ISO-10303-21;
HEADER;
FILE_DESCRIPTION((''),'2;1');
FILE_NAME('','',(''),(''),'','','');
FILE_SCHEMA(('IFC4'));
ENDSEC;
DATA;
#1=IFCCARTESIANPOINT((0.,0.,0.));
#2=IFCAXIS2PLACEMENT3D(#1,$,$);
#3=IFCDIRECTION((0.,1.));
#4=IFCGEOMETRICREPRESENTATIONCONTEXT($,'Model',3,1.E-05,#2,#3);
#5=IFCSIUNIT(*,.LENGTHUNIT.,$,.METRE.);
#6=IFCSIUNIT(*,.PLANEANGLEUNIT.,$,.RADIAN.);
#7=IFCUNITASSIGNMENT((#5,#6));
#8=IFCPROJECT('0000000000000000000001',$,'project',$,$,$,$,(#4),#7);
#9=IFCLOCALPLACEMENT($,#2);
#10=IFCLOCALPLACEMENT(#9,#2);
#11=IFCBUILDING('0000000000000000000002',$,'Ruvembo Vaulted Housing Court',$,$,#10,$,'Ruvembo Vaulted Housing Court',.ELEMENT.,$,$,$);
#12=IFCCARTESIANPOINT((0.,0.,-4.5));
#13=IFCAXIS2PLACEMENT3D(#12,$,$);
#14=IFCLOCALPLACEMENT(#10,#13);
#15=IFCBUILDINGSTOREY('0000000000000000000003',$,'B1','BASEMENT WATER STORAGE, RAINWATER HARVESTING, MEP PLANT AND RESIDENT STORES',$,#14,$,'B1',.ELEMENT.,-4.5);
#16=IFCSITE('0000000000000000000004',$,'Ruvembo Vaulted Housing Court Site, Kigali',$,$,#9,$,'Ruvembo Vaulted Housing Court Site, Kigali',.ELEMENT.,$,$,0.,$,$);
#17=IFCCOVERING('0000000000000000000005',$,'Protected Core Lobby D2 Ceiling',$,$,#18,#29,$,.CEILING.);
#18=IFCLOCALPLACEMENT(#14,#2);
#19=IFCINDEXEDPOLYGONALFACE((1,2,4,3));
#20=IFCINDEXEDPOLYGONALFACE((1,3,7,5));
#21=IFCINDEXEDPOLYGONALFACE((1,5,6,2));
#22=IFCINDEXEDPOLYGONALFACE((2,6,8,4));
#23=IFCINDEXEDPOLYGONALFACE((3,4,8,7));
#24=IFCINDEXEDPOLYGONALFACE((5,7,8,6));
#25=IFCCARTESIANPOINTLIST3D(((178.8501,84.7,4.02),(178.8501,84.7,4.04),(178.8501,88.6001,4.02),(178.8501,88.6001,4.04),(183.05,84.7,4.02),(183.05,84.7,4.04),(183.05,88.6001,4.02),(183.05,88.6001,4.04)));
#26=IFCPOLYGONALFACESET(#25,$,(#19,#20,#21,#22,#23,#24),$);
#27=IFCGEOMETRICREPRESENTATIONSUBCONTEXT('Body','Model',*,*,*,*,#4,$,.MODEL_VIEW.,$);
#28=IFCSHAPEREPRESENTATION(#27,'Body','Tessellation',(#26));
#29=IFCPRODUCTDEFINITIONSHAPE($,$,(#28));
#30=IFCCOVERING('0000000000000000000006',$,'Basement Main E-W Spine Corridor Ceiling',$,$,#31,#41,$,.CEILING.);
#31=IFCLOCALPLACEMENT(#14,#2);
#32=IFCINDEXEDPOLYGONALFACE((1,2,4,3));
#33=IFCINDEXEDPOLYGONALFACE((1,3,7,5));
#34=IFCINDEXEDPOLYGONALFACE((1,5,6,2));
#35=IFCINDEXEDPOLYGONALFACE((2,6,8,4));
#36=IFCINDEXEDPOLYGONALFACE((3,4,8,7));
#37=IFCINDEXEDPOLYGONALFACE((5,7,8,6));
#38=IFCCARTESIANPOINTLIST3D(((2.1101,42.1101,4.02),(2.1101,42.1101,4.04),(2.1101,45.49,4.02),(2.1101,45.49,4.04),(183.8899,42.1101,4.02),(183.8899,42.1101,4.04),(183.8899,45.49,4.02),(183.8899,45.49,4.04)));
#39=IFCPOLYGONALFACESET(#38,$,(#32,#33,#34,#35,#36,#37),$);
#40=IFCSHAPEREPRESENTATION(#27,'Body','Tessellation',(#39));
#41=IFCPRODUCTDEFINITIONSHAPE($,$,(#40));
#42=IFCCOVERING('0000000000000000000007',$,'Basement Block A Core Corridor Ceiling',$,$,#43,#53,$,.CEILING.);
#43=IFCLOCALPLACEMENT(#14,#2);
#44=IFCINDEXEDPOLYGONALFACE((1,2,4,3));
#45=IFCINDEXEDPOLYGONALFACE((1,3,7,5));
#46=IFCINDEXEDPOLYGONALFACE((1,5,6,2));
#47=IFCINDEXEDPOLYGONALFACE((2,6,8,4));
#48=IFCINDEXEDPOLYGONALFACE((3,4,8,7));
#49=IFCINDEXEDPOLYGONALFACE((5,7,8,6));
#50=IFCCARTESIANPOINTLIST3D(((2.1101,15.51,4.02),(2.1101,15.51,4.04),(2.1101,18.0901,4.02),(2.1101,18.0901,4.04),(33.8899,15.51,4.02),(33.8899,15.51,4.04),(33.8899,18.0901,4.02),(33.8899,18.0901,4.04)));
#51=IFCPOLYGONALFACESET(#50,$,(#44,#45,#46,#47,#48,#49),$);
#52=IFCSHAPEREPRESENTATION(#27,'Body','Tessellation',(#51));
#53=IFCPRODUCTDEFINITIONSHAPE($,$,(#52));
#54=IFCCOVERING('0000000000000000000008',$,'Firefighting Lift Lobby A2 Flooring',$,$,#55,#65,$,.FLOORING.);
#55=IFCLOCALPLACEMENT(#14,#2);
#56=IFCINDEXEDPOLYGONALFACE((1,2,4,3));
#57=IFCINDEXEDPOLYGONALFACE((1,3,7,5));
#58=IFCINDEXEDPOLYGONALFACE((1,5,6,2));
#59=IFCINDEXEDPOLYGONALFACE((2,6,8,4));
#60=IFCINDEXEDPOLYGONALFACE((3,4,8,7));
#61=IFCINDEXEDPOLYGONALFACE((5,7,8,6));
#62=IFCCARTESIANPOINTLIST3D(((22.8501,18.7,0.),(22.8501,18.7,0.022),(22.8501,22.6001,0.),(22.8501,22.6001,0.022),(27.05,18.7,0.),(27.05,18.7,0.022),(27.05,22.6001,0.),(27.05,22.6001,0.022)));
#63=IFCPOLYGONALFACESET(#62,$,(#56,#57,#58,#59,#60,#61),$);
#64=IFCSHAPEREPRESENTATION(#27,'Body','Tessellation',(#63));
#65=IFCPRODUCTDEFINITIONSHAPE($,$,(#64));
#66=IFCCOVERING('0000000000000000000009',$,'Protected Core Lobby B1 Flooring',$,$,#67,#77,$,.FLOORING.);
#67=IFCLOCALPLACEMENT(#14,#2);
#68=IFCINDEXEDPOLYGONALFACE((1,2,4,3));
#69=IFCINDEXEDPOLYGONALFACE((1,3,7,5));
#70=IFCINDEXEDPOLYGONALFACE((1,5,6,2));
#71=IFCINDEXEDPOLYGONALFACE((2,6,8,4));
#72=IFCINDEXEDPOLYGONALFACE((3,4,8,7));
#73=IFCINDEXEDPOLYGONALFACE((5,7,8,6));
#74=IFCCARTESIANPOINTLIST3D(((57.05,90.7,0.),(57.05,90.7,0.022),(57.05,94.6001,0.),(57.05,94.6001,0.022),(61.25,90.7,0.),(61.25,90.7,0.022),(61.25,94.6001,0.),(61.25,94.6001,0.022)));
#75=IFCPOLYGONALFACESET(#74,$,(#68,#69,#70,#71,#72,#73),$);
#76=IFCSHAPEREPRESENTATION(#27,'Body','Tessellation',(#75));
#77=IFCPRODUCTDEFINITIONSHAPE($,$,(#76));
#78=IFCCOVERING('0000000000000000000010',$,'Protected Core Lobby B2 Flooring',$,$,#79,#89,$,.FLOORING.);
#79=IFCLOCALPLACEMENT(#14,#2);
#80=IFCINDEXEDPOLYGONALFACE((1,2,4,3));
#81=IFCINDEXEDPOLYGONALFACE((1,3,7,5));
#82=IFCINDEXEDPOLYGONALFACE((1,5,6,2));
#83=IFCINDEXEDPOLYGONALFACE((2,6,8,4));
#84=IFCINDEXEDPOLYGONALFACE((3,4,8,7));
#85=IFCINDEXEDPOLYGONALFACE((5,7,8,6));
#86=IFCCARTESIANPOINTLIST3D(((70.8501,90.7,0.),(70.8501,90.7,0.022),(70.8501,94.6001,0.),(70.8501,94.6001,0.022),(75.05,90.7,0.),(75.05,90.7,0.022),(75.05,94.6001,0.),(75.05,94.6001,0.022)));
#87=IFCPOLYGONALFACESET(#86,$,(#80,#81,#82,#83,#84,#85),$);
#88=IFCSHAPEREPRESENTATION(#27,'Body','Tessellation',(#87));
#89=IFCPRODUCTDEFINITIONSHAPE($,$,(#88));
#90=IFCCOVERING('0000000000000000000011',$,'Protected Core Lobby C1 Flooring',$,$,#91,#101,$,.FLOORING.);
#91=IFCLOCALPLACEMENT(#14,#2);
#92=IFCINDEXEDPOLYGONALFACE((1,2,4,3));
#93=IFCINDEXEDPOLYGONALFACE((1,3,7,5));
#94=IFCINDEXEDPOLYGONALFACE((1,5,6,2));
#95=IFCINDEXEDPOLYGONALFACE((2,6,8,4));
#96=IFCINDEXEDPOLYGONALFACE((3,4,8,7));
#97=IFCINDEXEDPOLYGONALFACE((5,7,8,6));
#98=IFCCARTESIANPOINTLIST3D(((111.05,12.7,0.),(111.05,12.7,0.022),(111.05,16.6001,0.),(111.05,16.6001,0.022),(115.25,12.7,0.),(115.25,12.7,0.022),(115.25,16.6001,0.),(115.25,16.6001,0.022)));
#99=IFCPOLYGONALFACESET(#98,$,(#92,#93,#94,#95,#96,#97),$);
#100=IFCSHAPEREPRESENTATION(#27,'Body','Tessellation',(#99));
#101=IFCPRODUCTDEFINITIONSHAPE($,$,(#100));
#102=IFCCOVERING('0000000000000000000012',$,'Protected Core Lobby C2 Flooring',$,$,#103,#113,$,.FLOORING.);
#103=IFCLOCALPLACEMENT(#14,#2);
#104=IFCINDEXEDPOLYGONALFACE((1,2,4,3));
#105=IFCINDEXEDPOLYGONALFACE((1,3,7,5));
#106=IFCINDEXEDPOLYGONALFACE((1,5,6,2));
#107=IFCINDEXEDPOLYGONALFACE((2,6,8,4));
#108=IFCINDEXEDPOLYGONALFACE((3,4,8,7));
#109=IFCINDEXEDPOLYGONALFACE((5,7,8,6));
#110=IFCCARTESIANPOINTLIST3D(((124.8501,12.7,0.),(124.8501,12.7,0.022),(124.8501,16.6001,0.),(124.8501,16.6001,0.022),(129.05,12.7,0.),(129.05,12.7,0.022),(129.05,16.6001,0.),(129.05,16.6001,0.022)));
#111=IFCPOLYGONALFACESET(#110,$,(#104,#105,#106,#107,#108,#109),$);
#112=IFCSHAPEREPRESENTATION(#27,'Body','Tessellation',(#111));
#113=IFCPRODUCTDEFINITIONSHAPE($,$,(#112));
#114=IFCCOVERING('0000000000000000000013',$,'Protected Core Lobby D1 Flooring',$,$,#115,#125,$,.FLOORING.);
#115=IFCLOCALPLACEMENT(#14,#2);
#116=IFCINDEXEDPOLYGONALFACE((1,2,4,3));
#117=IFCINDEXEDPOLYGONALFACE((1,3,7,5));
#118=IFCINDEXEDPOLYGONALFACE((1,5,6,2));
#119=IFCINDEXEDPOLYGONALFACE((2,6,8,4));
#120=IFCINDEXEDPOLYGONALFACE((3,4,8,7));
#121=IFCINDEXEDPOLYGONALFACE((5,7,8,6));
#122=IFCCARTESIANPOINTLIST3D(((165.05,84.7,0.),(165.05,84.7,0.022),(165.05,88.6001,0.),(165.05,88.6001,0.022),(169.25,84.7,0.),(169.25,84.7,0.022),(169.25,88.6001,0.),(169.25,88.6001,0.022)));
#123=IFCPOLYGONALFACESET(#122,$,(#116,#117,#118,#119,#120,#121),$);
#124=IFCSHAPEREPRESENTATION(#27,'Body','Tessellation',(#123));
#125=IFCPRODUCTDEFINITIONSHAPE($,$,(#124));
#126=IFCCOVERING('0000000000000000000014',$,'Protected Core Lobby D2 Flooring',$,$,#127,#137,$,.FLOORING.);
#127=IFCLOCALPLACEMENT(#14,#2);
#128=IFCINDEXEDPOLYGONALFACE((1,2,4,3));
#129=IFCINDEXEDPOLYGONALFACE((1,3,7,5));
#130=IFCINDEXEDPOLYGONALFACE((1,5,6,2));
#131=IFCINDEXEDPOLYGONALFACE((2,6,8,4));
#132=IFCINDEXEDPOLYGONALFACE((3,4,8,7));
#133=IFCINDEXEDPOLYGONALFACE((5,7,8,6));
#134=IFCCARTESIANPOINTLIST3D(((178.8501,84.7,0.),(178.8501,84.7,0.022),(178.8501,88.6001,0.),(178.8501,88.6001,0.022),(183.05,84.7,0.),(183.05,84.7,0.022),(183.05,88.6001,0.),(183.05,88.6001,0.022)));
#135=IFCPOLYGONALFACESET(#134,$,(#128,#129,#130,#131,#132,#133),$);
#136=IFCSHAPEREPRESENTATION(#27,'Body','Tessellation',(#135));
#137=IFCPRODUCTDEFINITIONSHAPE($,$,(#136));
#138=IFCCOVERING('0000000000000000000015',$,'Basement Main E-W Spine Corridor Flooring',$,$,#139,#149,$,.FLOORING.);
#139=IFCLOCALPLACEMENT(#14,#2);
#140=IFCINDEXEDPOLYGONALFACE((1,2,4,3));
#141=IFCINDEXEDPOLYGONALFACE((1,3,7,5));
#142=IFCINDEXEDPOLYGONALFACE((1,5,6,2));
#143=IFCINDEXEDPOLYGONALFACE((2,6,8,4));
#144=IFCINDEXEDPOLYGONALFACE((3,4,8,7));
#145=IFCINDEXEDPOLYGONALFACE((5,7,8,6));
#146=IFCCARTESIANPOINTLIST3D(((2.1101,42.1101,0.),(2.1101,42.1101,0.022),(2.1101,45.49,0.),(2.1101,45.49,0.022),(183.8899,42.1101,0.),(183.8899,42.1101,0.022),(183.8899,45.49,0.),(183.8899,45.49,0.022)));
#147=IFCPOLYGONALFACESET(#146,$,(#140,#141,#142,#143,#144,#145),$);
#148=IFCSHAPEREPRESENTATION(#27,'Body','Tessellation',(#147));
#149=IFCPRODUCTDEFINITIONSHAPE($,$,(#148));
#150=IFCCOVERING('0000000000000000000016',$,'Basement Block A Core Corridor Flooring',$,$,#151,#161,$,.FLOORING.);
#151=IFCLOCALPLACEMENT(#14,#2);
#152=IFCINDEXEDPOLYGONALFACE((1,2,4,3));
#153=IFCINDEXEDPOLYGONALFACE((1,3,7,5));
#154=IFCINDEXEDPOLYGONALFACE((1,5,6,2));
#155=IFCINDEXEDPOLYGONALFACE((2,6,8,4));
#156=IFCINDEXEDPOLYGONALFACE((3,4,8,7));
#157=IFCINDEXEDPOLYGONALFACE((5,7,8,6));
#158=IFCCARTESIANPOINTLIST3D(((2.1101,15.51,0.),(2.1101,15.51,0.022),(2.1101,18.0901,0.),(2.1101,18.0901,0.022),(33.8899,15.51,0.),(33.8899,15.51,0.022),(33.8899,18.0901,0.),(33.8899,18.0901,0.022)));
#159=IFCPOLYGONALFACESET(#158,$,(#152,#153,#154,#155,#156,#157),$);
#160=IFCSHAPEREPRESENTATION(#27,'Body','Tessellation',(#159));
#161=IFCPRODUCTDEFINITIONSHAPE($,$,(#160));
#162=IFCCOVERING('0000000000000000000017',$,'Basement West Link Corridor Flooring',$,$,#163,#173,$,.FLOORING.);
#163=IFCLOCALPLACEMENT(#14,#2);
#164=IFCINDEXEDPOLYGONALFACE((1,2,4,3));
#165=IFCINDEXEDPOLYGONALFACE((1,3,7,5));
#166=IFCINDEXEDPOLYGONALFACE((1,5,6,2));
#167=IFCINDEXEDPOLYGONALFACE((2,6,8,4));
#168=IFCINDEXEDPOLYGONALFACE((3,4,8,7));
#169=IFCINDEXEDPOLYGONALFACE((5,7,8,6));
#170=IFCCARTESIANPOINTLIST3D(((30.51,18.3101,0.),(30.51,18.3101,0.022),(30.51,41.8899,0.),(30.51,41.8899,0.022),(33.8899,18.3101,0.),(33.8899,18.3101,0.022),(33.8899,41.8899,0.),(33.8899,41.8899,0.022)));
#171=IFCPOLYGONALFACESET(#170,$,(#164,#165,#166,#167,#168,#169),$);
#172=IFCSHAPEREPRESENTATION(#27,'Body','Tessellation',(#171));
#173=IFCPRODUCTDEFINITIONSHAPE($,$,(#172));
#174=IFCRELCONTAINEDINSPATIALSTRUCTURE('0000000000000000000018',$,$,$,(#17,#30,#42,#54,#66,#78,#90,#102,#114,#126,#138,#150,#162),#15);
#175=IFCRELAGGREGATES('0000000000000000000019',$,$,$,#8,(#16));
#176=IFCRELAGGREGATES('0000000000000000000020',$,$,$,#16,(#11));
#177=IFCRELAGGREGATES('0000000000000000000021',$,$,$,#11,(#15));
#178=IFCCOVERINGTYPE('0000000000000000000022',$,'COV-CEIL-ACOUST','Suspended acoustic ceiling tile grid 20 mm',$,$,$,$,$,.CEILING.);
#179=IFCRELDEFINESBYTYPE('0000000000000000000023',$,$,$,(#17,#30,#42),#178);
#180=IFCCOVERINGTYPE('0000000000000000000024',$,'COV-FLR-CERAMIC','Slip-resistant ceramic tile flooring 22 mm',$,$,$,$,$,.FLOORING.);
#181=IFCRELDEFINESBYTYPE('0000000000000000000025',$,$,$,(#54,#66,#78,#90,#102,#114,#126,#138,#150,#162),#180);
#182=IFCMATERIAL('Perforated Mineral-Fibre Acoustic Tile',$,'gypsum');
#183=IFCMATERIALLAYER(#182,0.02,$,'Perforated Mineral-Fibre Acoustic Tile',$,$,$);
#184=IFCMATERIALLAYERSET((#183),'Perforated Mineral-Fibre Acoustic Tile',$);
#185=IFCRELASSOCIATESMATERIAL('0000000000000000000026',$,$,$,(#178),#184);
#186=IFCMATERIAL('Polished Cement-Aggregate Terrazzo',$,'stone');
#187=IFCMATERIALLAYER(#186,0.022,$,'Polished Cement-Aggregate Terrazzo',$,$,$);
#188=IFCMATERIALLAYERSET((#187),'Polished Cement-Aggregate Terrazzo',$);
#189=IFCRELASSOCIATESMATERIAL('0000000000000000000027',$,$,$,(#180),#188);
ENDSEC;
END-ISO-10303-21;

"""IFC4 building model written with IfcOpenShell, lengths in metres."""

from ifc_helpers import new_model, si_unit, direction, frame, origin, place, context, subcontext, project, spatial, polyline, outline, extrude, material, layer, layer_set, type_object, element, save


model = new_model("IFC4")

# Units and contexts
model_context = context("Model", 3, precision=1e-05, world=origin(), true_north=direction((0.0, 1.0)))
body_context = subcontext(model_context, "Body", "Model", "MODEL_VIEW")
ifc_project = project(units=[si_unit("LENGTHUNIT", "METRE"), si_unit("PLANEANGLEUNIT", "RADIAN")], contexts=[model_context])

# Site, building, storey
site_placement = place(None, origin())
site = spatial("IfcSite", under=ifc_project, at=site_placement, Name="Ruvembo Vaulted Housing Court Site, Kigali", LongName="Ruvembo Vaulted Housing Court Site, Kigali", CompositionType="ELEMENT", RefElevation=0.0)
building_placement = place(site_placement, origin())
building = spatial("IfcBuilding", under=site, at=building_placement, Name="Ruvembo Vaulted Housing Court", LongName="Ruvembo Vaulted Housing Court", CompositionType="ELEMENT")
storey_placement = place(building_placement, frame((0.0, 0.0, -4.5)))
storey = spatial("IfcBuildingStorey", under=building, at=storey_placement, Name="B1", Description="BASEMENT WATER STORAGE, RAINWATER HARVESTING, MEP PLANT AND RESIDENT STORES", LongName="B1", CompositionType="ELEMENT", Elevation=-4.5)

# Coverings
ifc_material_1 = material(Name="Perforated Mineral-Fibre Acoustic Tile", Category="gypsum")
ifc_layer_1 = layer(ifc_material_1, 0.02, Name="Perforated Mineral-Fibre Acoustic Tile")
ifc_layer_set_1 = layer_set([ifc_layer_1], Name="Perforated Mineral-Fibre Acoustic Tile")
covering_type_1 = type_object("IfcCoveringType", Name="COV-CEIL-ACOUST", Description="Suspended acoustic ceiling tile grid 20 mm", PredefinedType="CEILING", material=ifc_layer_set_1)
covering_1_placement = place(storey_placement, frame((0.0, 0.0, 4.02)))
element("IfcCovering", 1, at=covering_1_placement, inside=storey, type_object=covering_type_1, Name="Protected Core Lobby D2 Ceiling", PredefinedType="CEILING", context=body_context, shape_type="SweptSolid", body=[
    extrude(outline(polyline([(183.05, 88.6001), (178.8501, 88.6001), (178.8501, 84.7), (183.05, 84.7), (183.05, 88.6001)])), origin(), (0.0, 0.0, 1.0), 0.02),
])
covering_2_placement = place(storey_placement, frame((0.0, 0.0, 4.02)))
element("IfcCovering", 2, at=covering_2_placement, inside=storey, type_object=covering_type_1, Name="Basement Main E-W Spine Corridor Ceiling", PredefinedType="CEILING", context=body_context, shape_type="SweptSolid", body=[
    extrude(outline(polyline([(2.1101, 42.1101), (183.8899, 42.1101), (183.8899, 45.49), (2.1101, 45.49), (2.1101, 42.1101)])), origin(), (0.0, 0.0, 1.0), 0.02),
])
covering_3_placement = place(storey_placement, frame((0.0, 0.0, 4.02)))
element("IfcCovering", 3, at=covering_3_placement, inside=storey, type_object=covering_type_1, Name="Basement Block A Core Corridor Ceiling", PredefinedType="CEILING", context=body_context, shape_type="SweptSolid", body=[
    extrude(outline(polyline([(2.1101, 15.51), (33.8899, 15.51), (33.8899, 18.0901), (2.1101, 18.0901), (2.1101, 15.51)])), origin(), (0.0, 0.0, 1.0), 0.02),
])
ifc_material_2 = material(Name="Polished Cement-Aggregate Terrazzo", Category="stone")
ifc_layer_2 = layer(ifc_material_2, 0.022, Name="Polished Cement-Aggregate Terrazzo")
ifc_layer_set_2 = layer_set([ifc_layer_2], Name="Polished Cement-Aggregate Terrazzo")
covering_type_2 = type_object("IfcCoveringType", Name="COV-FLR-CERAMIC", Description="Slip-resistant ceramic tile flooring 22 mm", PredefinedType="FLOORING", material=ifc_layer_set_2)
covering_4_placement = place(storey_placement, origin())
element("IfcCovering", 4, at=covering_4_placement, inside=storey, type_object=covering_type_2, Name="Firefighting Lift Lobby A2 Flooring", PredefinedType="FLOORING", context=body_context, shape_type="SweptSolid", body=[
    extrude(outline(polyline([(27.05, 22.6001), (22.8501, 22.6001), (22.8501, 18.7), (27.05, 18.7), (27.05, 22.6001)])), origin(), (0.0, 0.0, 1.0), 0.022),
])
covering_5_placement = place(storey_placement, origin())
element("IfcCovering", 5, at=covering_5_placement, inside=storey, type_object=covering_type_2, Name="Protected Core Lobby B1 Flooring", PredefinedType="FLOORING", context=body_context, shape_type="SweptSolid", body=[
    extrude(outline(polyline([(61.25, 94.6001), (57.05, 94.6001), (57.05, 90.7), (61.25, 90.7), (61.25, 94.6001)])), origin(), (0.0, 0.0, 1.0), 0.022),
])
covering_6_placement = place(storey_placement, origin())
element("IfcCovering", 6, at=covering_6_placement, inside=storey, type_object=covering_type_2, Name="Protected Core Lobby B2 Flooring", PredefinedType="FLOORING", context=body_context, shape_type="SweptSolid", body=[
    extrude(outline(polyline([(75.05, 94.6001), (70.8501, 94.6001), (70.8501, 90.7), (75.05, 90.7), (75.05, 94.6001)])), origin(), (0.0, 0.0, 1.0), 0.022),
])
covering_7_placement = place(storey_placement, origin())
element("IfcCovering", 7, at=covering_7_placement, inside=storey, type_object=covering_type_2, Name="Protected Core Lobby C1 Flooring", PredefinedType="FLOORING", context=body_context, shape_type="SweptSolid", body=[
    extrude(outline(polyline([(115.25, 16.6001), (111.05, 16.6001), (111.05, 12.7), (115.25, 12.7), (115.25, 16.6001)])), origin(), (0.0, 0.0, 1.0), 0.022),
])
covering_8_placement = place(storey_placement, origin())
element("IfcCovering", 8, at=covering_8_placement, inside=storey, type_object=covering_type_2, Name="Protected Core Lobby C2 Flooring", PredefinedType="FLOORING", context=body_context, shape_type="SweptSolid", body=[
    extrude(outline(polyline([(129.05, 16.6001), (124.8501, 16.6001), (124.8501, 12.7), (129.05, 12.7), (129.05, 16.6001)])), origin(), (0.0, 0.0, 1.0), 0.022),
])
covering_9_placement = place(storey_placement, origin())
element("IfcCovering", 9, at=covering_9_placement, inside=storey, type_object=covering_type_2, Name="Protected Core Lobby D1 Flooring", PredefinedType="FLOORING", context=body_context, shape_type="SweptSolid", body=[
    extrude(outline(polyline([(169.25, 88.6001), (165.05, 88.6001), (165.05, 84.7), (169.25, 84.7), (169.25, 88.6001)])), origin(), (0.0, 0.0, 1.0), 0.022),
])
covering_10_placement = place(storey_placement, origin())
element("IfcCovering", 10, at=covering_10_placement, inside=storey, type_object=covering_type_2, Name="Protected Core Lobby D2 Flooring", PredefinedType="FLOORING", context=body_context, shape_type="SweptSolid", body=[
    extrude(outline(polyline([(183.05, 88.6001), (178.8501, 88.6001), (178.8501, 84.7), (183.05, 84.7), (183.05, 88.6001)])), origin(), (0.0, 0.0, 1.0), 0.022),
])
covering_11_placement = place(storey_placement, origin())
element("IfcCovering", 11, at=covering_11_placement, inside=storey, type_object=covering_type_2, Name="Basement Main E-W Spine Corridor Flooring", PredefinedType="FLOORING", context=body_context, shape_type="SweptSolid", body=[
    extrude(outline(polyline([(2.1101, 42.1101), (183.8899, 42.1101), (183.8899, 45.49), (2.1101, 45.49), (2.1101, 42.1101)])), origin(), (0.0, 0.0, 1.0), 0.022),
])
covering_12_placement = place(storey_placement, origin())
element("IfcCovering", 12, at=covering_12_placement, inside=storey, type_object=covering_type_2, Name="Basement Block A Core Corridor Flooring", PredefinedType="FLOORING", context=body_context, shape_type="SweptSolid", body=[
    extrude(outline(polyline([(2.1101, 15.51), (33.8899, 15.51), (33.8899, 18.0901), (2.1101, 18.0901), (2.1101, 15.51)])), origin(), (0.0, 0.0, 1.0), 0.022),
])
covering_13_placement = place(storey_placement, origin())
element("IfcCovering", 13, at=covering_13_placement, inside=storey, type_object=covering_type_2, Name="Basement West Link Corridor Flooring", PredefinedType="FLOORING", context=body_context, shape_type="SweptSolid", body=[
    extrude(outline(polyline([(30.51, 18.3101), (33.8899, 18.3101), (33.8899, 41.8899), (30.51, 41.8899), (30.51, 18.3101)])), origin(), (0.0, 0.0, 1.0), 0.022),
])

save(model, "model.ifc")
